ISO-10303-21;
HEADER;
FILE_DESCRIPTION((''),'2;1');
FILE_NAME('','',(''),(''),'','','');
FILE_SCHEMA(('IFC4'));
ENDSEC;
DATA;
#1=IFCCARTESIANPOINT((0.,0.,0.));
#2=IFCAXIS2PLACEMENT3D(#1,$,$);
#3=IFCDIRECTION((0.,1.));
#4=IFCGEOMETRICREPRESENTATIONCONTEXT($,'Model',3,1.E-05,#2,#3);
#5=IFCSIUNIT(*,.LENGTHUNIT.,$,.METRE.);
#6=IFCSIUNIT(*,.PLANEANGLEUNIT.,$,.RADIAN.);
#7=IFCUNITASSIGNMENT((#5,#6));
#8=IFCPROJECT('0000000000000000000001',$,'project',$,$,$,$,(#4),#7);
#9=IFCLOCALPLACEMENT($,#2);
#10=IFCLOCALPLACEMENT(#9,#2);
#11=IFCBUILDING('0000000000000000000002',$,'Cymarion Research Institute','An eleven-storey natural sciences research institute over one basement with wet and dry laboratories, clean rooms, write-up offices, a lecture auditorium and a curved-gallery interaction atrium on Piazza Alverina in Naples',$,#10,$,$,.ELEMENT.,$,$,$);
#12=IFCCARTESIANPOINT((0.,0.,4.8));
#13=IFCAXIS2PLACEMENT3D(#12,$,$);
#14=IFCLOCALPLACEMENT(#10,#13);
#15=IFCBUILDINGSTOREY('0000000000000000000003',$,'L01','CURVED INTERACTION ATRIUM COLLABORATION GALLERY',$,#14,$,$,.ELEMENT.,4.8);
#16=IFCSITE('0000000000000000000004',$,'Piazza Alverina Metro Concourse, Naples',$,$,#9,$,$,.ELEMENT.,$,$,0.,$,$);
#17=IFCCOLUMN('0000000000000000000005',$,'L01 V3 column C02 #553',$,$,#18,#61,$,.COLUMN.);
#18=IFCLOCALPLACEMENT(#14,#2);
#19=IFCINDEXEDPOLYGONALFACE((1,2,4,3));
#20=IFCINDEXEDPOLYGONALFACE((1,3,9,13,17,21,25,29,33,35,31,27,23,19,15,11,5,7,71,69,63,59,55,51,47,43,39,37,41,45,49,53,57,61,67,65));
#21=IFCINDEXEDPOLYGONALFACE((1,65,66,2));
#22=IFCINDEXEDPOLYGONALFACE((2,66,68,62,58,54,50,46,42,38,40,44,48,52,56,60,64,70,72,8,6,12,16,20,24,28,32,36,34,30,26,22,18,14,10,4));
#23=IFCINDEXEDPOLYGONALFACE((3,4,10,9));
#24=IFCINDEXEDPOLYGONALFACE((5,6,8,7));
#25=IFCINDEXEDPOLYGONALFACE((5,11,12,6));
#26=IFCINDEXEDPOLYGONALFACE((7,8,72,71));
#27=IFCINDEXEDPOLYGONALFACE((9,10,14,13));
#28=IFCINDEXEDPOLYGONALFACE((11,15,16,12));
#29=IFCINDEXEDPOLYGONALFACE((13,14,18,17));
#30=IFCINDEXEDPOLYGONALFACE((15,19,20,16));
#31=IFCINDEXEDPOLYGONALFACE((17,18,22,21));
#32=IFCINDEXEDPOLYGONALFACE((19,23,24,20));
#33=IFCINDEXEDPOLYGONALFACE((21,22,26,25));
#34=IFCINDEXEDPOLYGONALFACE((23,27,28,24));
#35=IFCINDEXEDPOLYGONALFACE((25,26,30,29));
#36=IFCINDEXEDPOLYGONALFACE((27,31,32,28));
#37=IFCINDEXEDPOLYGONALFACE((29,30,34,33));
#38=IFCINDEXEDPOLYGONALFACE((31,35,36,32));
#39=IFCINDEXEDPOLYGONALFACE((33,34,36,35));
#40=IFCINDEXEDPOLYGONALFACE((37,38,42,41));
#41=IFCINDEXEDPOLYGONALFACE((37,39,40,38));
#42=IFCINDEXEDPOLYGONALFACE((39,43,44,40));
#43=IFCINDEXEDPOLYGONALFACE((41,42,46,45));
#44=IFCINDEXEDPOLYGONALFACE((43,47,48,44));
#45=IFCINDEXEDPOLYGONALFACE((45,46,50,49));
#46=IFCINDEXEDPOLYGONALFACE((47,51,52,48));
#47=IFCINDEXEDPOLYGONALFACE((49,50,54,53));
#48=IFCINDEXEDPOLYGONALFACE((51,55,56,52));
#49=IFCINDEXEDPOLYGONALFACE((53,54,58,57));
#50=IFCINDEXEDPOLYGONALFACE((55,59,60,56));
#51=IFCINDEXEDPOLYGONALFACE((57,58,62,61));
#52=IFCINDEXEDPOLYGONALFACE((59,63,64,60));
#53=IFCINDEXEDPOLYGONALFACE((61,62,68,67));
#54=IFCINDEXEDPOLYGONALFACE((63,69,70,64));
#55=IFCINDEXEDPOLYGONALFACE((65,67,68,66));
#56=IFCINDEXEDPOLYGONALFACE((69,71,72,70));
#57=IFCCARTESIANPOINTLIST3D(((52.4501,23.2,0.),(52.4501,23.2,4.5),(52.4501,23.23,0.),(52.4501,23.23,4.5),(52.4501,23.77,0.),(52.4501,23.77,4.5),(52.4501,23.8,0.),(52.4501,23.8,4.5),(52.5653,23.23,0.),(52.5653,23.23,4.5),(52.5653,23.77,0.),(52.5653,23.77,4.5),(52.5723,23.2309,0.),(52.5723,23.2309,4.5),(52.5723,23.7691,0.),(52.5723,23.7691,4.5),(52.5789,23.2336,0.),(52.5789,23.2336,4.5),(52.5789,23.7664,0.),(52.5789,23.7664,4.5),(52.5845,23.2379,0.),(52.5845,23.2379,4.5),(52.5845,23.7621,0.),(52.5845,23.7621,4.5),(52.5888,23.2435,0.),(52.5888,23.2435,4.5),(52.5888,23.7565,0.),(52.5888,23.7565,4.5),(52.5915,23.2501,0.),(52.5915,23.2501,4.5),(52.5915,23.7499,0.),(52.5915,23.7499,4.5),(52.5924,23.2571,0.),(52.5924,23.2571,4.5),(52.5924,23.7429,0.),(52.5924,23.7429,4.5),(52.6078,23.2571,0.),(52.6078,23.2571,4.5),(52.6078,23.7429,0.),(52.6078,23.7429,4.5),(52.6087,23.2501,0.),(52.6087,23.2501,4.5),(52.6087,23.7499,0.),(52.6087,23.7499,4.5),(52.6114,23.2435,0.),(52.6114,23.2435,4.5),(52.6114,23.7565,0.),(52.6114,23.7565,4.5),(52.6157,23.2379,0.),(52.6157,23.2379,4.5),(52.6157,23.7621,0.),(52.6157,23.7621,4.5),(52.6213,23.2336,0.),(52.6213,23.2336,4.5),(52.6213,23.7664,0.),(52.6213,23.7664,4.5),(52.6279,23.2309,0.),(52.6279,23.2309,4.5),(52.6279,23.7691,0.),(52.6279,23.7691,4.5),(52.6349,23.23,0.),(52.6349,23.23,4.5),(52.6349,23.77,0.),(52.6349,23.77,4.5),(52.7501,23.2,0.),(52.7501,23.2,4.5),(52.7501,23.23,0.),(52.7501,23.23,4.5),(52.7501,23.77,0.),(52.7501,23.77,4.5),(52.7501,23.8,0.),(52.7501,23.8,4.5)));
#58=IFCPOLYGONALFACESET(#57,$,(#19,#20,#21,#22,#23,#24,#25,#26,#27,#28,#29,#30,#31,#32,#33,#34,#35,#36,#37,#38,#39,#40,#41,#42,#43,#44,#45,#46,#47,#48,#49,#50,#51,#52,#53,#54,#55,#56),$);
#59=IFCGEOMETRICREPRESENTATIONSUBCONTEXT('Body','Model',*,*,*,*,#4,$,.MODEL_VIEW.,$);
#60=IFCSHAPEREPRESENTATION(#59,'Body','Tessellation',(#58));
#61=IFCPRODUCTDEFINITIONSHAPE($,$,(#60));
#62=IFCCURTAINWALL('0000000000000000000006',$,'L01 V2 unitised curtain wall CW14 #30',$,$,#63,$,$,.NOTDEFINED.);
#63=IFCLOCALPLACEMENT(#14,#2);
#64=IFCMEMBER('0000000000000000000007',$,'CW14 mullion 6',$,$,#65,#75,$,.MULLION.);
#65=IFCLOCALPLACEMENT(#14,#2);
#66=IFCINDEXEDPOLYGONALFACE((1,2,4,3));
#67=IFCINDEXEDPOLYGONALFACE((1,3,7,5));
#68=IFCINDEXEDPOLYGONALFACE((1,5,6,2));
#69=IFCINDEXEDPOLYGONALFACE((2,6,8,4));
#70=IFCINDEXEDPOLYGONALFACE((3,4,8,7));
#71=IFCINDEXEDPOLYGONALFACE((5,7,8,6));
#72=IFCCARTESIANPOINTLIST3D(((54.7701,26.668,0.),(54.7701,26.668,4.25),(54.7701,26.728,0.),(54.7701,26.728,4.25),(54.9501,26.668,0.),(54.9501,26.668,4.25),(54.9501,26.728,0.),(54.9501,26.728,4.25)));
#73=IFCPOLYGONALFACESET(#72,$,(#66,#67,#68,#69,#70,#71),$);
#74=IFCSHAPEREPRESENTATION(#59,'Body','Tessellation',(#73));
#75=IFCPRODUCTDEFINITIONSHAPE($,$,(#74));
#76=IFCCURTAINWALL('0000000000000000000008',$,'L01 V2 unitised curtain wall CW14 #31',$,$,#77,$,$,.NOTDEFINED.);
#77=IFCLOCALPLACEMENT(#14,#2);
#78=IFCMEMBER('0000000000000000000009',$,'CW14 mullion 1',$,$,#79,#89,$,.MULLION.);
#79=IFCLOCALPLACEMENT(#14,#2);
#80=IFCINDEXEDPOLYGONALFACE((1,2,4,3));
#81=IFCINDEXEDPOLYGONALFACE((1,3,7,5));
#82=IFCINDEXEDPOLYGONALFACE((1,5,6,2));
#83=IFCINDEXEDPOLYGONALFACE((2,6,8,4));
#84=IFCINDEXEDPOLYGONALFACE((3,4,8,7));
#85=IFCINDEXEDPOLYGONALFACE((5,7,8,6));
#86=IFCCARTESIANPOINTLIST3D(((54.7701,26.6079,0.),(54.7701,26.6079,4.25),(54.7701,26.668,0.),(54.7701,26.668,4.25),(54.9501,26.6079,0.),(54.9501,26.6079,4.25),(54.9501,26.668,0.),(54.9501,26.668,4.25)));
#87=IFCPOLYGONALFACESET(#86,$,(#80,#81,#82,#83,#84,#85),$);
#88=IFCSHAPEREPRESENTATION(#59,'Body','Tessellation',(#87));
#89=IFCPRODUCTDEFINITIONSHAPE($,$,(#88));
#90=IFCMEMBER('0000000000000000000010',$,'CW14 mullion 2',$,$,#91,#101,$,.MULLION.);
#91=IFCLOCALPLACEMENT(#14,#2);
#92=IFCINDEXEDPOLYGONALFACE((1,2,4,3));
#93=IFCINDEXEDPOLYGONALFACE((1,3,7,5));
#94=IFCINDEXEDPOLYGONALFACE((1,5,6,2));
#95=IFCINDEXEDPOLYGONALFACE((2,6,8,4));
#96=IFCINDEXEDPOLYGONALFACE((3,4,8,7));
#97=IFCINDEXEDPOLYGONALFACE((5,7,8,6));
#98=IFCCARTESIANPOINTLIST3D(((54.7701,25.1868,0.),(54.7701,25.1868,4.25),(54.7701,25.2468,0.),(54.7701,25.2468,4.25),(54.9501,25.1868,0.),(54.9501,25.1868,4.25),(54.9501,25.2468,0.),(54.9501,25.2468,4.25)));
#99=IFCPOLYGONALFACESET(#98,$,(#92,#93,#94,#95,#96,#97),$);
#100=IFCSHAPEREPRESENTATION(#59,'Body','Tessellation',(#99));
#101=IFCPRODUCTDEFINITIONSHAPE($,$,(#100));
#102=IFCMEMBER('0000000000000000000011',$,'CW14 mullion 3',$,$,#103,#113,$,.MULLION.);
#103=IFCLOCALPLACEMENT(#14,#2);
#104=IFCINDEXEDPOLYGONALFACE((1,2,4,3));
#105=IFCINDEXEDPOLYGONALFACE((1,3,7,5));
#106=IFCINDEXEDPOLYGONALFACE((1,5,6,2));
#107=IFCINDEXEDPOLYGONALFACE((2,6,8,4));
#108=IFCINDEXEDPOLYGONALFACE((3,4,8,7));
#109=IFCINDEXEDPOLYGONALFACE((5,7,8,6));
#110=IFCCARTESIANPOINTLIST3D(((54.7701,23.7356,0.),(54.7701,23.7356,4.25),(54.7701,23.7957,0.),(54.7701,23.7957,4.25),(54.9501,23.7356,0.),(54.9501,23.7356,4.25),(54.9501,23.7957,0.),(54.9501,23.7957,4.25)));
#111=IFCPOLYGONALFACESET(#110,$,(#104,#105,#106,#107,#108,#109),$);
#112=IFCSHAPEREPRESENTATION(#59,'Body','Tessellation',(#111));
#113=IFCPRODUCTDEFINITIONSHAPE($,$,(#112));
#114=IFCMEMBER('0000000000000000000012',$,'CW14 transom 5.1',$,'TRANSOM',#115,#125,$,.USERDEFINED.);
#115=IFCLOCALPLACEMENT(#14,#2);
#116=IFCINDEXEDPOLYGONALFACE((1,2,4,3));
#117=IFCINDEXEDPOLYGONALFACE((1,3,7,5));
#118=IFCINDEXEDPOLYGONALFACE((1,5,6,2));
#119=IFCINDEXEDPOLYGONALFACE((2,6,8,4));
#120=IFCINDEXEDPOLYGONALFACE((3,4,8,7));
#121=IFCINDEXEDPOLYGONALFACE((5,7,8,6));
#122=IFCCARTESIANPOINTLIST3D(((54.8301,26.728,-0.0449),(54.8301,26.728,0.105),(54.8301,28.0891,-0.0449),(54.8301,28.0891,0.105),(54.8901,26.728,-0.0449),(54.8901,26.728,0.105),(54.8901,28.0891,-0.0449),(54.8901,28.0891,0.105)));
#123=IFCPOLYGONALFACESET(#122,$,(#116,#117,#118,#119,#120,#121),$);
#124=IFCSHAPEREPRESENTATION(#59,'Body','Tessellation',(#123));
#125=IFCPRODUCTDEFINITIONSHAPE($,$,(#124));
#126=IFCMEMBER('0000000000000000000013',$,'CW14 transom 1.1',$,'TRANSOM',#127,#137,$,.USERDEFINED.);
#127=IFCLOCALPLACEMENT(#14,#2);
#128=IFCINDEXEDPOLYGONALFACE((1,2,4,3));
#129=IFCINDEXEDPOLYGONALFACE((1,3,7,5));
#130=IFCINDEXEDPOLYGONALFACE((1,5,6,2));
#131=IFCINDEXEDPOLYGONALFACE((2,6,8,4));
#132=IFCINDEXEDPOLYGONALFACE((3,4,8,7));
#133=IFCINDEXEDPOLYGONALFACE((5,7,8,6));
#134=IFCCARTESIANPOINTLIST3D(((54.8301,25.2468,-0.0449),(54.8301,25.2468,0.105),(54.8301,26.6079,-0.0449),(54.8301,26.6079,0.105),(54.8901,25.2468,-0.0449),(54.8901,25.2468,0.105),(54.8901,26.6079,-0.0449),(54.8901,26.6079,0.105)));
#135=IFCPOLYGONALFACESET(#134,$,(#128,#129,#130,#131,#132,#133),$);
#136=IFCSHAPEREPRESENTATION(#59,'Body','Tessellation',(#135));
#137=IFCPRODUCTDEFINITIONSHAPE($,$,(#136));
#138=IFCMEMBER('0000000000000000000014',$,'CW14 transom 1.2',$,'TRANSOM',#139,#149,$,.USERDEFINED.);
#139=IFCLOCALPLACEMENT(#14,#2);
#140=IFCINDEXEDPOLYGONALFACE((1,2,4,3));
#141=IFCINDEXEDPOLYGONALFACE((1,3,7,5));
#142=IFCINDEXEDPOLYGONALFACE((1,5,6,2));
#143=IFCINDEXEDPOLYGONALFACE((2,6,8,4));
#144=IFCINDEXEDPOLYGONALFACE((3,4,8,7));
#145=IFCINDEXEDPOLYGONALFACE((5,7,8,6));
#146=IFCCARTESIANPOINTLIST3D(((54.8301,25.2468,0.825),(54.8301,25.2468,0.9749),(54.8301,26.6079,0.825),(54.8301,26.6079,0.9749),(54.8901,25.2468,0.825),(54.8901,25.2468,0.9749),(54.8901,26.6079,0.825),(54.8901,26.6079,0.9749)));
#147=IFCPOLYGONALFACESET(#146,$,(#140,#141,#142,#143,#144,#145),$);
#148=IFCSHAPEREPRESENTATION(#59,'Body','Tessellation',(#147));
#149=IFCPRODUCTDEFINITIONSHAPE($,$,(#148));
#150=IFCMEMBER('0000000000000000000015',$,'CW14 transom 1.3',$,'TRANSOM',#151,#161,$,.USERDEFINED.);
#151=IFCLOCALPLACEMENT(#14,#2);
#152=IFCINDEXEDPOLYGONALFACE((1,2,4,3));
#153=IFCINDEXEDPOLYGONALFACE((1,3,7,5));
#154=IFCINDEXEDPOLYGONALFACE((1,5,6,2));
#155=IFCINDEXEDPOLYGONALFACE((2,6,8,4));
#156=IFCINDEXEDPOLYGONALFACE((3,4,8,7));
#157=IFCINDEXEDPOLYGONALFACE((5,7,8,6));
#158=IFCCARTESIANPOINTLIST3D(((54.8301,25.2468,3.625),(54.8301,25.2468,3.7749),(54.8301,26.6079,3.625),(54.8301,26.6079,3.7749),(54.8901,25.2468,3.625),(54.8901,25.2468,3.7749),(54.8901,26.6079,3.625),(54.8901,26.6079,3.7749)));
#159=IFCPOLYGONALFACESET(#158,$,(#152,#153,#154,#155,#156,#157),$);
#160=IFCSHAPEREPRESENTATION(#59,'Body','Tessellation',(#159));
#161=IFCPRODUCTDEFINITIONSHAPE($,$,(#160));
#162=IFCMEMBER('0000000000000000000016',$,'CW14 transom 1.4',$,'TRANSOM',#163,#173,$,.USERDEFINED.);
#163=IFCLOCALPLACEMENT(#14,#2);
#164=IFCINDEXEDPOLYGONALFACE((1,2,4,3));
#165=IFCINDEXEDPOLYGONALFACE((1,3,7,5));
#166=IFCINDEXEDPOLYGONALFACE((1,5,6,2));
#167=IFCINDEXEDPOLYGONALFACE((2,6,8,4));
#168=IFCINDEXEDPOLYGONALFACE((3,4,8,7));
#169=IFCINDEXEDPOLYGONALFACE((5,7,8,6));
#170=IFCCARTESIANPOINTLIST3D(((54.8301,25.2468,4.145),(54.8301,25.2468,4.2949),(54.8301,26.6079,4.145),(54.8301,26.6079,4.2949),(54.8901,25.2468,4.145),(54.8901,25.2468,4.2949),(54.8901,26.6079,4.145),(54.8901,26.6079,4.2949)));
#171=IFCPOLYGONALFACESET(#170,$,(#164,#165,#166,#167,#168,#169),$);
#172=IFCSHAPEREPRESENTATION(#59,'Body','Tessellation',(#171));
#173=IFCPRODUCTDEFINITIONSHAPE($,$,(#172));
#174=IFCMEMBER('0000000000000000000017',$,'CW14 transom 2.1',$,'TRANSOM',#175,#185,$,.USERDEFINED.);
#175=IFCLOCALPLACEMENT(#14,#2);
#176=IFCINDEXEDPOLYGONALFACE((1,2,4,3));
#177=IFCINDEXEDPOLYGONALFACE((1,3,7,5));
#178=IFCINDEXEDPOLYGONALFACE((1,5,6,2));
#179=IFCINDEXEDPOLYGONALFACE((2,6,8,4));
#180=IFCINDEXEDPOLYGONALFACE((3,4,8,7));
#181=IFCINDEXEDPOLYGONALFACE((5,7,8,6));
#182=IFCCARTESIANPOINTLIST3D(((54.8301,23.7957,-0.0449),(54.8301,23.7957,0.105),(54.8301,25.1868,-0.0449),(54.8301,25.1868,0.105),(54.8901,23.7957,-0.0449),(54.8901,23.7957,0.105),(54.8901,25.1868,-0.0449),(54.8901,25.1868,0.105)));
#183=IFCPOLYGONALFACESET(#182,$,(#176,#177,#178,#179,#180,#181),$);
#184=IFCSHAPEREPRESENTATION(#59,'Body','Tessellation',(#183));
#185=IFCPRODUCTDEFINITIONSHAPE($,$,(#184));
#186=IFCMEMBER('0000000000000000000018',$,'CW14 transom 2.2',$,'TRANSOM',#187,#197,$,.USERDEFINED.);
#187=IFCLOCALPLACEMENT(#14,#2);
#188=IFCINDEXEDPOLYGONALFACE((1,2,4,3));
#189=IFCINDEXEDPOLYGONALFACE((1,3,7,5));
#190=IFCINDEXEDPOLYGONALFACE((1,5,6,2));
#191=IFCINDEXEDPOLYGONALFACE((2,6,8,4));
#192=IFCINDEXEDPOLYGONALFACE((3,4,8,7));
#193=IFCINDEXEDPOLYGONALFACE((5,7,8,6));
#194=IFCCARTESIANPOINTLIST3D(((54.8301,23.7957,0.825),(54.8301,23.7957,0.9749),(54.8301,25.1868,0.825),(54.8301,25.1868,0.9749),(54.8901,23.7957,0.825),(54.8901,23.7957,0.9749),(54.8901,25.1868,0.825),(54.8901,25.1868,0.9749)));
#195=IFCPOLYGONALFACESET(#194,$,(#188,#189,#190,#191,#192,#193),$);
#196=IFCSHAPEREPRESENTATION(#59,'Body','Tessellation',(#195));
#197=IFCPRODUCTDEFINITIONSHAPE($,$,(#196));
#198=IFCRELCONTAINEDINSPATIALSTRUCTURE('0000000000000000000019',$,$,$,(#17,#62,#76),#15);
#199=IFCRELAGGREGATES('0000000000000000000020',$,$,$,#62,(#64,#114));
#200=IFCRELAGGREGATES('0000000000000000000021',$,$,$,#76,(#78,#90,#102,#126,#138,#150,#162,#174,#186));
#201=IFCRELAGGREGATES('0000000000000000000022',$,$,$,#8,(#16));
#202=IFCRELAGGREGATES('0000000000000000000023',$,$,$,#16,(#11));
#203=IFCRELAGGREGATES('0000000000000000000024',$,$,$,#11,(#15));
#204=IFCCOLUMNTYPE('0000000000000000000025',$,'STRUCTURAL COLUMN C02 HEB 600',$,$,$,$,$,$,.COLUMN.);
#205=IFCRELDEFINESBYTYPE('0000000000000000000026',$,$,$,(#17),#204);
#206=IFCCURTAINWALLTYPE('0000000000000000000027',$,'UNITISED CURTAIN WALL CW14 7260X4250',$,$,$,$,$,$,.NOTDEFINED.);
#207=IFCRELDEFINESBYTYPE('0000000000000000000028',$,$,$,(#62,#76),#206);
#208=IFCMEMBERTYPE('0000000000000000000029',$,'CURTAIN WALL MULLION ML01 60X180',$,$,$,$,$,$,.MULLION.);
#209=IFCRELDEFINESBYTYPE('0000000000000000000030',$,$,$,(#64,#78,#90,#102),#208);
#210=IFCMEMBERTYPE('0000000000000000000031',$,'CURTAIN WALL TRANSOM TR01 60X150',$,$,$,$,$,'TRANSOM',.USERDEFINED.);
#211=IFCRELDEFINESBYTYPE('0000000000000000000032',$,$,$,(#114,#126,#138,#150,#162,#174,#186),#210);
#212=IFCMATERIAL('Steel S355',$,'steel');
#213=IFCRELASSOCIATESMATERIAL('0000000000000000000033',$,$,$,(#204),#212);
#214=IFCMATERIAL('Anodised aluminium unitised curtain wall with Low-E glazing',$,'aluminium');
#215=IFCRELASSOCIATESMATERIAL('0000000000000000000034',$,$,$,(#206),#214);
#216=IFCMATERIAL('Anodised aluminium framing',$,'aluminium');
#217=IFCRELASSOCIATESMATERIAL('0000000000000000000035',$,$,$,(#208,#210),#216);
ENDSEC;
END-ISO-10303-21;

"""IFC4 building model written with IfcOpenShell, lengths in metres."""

from ifc_helpers import new_model, si_unit, direction, frame, origin, origin_2d, place, context, subcontext, project, spatial, rectangle, i_section, extrude, material, material_profile, profile_set, type_object, element, aggregate, save


model = new_model("IFC4")

# Units and contexts
model_context = context("Model", 3, precision=1e-05, world=origin(), true_north=direction((0.0, 1.0)))
body_context = subcontext(model_context, "Body", "Model", "MODEL_VIEW")
ifc_project = project(units=[si_unit("LENGTHUNIT", "METRE"), si_unit("PLANEANGLEUNIT", "RADIAN")], contexts=[model_context])

# Site, building, storey
site_placement = place(None, origin())
site = spatial("IfcSite", under=ifc_project, at=site_placement, Name="Piazza Alverina Metro Concourse, Naples", CompositionType="ELEMENT", RefElevation=0.0)
building_placement = place(site_placement, origin())
building = spatial("IfcBuilding", under=site, at=building_placement, Name="Cymarion Research Institute", Description="An eleven-storey natural sciences research institute over one basement with wet and dry laboratories, clean rooms, write-up offices, a lecture auditorium and a curved-gallery interaction atrium on Piazza Alverina in Naples", CompositionType="ELEMENT")
storey_placement = place(building_placement, frame((0.0, 0.0, 4.8)))
storey = spatial("IfcBuildingStorey", under=building, at=storey_placement, Name="L01", Description="CURVED INTERACTION ATRIUM COLLABORATION GALLERY", CompositionType="ELEMENT", Elevation=4.8)

# Column
ifc_material_1 = material(Name="Steel S355", Category="steel")
ifc_material_profile_1 = material_profile(ifc_material_1, i_section(OverallWidth=0.3, OverallDepth=0.6001, WebThickness=0.0154, FlangeThickness=0.03, FilletRadius=0.0271, at=origin_2d()), Name="HEB 600")
ifc_profile_set_1 = profile_set([ifc_material_profile_1], Name="Steel S355")
column_type = type_object("IfcColumnType", Name="STRUCTURAL COLUMN C02 HEB 600", PredefinedType="COLUMN", material=ifc_profile_set_1)
column_placement = place(storey_placement, frame((52.6001, 23.5, 0.0), z_axis=(0.0, 0.0, 1.0), x_axis=(1.0, 0.0, 0.0)))
element("IfcColumn", 1, at=column_placement, inside=storey, type_object=column_type, Name="L01 V3 column C02 #553", PredefinedType="COLUMN", context=body_context, shape_type="SweptSolid", body=[
    extrude(i_section(OverallWidth=0.3, OverallDepth=0.6001, WebThickness=0.0154, FlangeThickness=0.03, FilletRadius=0.0271, at=origin_2d()), origin(), (0.0, 0.0, 1.0), 4.5),
])

# Curtain wall, member
ifc_material_2 = material(Name="Anodised aluminium unitised curtain wall with Low-E glazing", Category="aluminium")
curtain_wall_type = type_object("IfcCurtainWallType", Name="UNITISED CURTAIN WALL CW14 7260X4250", PredefinedType="NOTDEFINED", material=ifc_material_2)
curtain_wall_1_placement = place(storey_placement, origin())
curtain_wall_1 = element("IfcCurtainWall", 2, at=curtain_wall_1_placement, inside=storey, type_object=curtain_wall_type, Name="L01 V2 unitised curtain wall CW14 #30", PredefinedType="NOTDEFINED")
ifc_material_3 = material(Name="Anodised aluminium framing", Category="aluminium")
ifc_material_profile_2 = material_profile(ifc_material_3, rectangle(XDim=0.0601, YDim=0.1799, at=origin_2d()), Name="ALU MULLION 60x180")
ifc_profile_set_2 = profile_set([ifc_material_profile_2], Name="Anodised aluminium framing")
member_type_1 = type_object("IfcMemberType", Name="CURTAIN WALL MULLION ML01 60X180", PredefinedType="MULLION", material=ifc_profile_set_2)
member_1_placement = place(storey_placement, frame((54.8601, 26.698, 0.0), z_axis=(0.0, 0.0, 1.0), x_axis=(0.0, -1.0, 0.0)))
member_1 = element("IfcMember", 3, at=member_1_placement, type_object=member_type_1, Name="CW14 mullion 6", PredefinedType="MULLION", context=body_context, shape_type="SweptSolid", body=[
    extrude(rectangle(XDim=0.0601, YDim=0.1799, at=origin_2d()), origin(), (0.0, 0.0, 1.0), 4.25),
])

# Curtain wall, members
curtain_wall_2_placement = place(storey_placement, origin())
curtain_wall_2 = element("IfcCurtainWall", 4, at=curtain_wall_2_placement, inside=storey, type_object=curtain_wall_type, Name="L01 V2 unitised curtain wall CW14 #31", PredefinedType="NOTDEFINED")
member_2_placement = place(storey_placement, frame((54.8601, 26.6379, 0.0), z_axis=(0.0, 0.0, 1.0), x_axis=(0.0, -1.0, 0.0)))
member_2 = element("IfcMember", 5, at=member_2_placement, type_object=member_type_1, Name="CW14 mullion 1", PredefinedType="MULLION", context=body_context, shape_type="SweptSolid", body=[
    extrude(rectangle(XDim=0.0601, YDim=0.1799, at=origin_2d()), origin(), (0.0, 0.0, 1.0), 4.25),
])
member_3_placement = place(storey_placement, frame((54.8601, 25.2168, 0.0), z_axis=(0.0, 0.0, 1.0), x_axis=(0.0, -1.0, 0.0)))
member_3 = element("IfcMember", 6, at=member_3_placement, type_object=member_type_1, Name="CW14 mullion 2", PredefinedType="MULLION", context=body_context, shape_type="SweptSolid", body=[
    extrude(rectangle(XDim=0.0601, YDim=0.1799, at=origin_2d()), origin(), (0.0, 0.0, 1.0), 4.25),
])
member_4_placement = place(storey_placement, frame((54.8601, 23.7656, 0.0), z_axis=(0.0, 0.0, 1.0), x_axis=(0.0, -1.0, 0.0)))
member_4 = element("IfcMember", 7, at=member_4_placement, type_object=member_type_1, Name="CW14 mullion 3", PredefinedType="MULLION", context=body_context, shape_type="SweptSolid", body=[
    extrude(rectangle(XDim=0.0601, YDim=0.1799, at=origin_2d()), origin(), (0.0, 0.0, 1.0), 4.25),
])

# Members
ifc_material_profile_3 = material_profile(ifc_material_3, rectangle(XDim=0.0601, YDim=0.1499, at=origin_2d()), Name="ALU TRANSOM 60x150")
ifc_profile_set_3 = profile_set([ifc_material_profile_3], Name="Anodised aluminium framing")
member_type_2 = type_object("IfcMemberType", Name="CURTAIN WALL TRANSOM TR01 60X150", ElementType="TRANSOM", PredefinedType="USERDEFINED", material=ifc_profile_set_3)
member_5_placement = place(storey_placement, frame((54.8601, 28.0891, 0.03), z_axis=(0.0, -1.0, 0.0), x_axis=(1.0, 0.0, 0.0)))
member_5 = element("IfcMember", 8, at=member_5_placement, type_object=member_type_2, Name="CW14 transom 5.1", ObjectType="TRANSOM", PredefinedType="USERDEFINED", context=body_context, shape_type="SweptSolid", body=[
    extrude(rectangle(XDim=0.0601, YDim=0.1499, at=origin_2d()), origin(), (0.0, 0.0, 1.0), 1.3611),
])
member_6_placement = place(storey_placement, frame((54.8601, 26.6079, 0.03), z_axis=(0.0, -1.0, 0.0), x_axis=(1.0, 0.0, 0.0)))
member_6 = element("IfcMember", 9, at=member_6_placement, type_object=member_type_2, Name="CW14 transom 1.1", ObjectType="TRANSOM", PredefinedType="USERDEFINED", context=body_context, shape_type="SweptSolid", body=[
    extrude(rectangle(XDim=0.0601, YDim=0.1499, at=origin_2d()), origin(), (0.0, 0.0, 1.0), 1.3611),
])
member_7_placement = place(storey_placement, frame((54.8601, 26.6079, 0.8999), z_axis=(0.0, -1.0, 0.0), x_axis=(1.0, 0.0, 0.0)))
member_7 = element("IfcMember", 10, at=member_7_placement, type_object=member_type_2, Name="CW14 transom 1.2", ObjectType="TRANSOM", PredefinedType="USERDEFINED", context=body_context, shape_type="SweptSolid", body=[
    extrude(rectangle(XDim=0.0601, YDim=0.1499, at=origin_2d()), origin(), (0.0, 0.0, 1.0), 1.3611),
])
member_8_placement = place(storey_placement, frame((54.8601, 26.6079, 3.7), z_axis=(0.0, -1.0, 0.0), x_axis=(1.0, 0.0, 0.0)))
member_8 = element("IfcMember", 11, at=member_8_placement, type_object=member_type_2, Name="CW14 transom 1.3", ObjectType="TRANSOM", PredefinedType="USERDEFINED", context=body_context, shape_type="SweptSolid", body=[
    extrude(rectangle(XDim=0.0601, YDim=0.1499, at=origin_2d()), origin(), (0.0, 0.0, 1.0), 1.3611),
])
member_9_placement = place(storey_placement, frame((54.8601, 26.6079, 4.22), z_axis=(0.0, -1.0, 0.0), x_axis=(1.0, 0.0, 0.0)))
member_9 = element("IfcMember", 12, at=member_9_placement, type_object=member_type_2, Name="CW14 transom 1.4", ObjectType="TRANSOM", PredefinedType="USERDEFINED", context=body_context, shape_type="SweptSolid", body=[
    extrude(rectangle(XDim=0.0601, YDim=0.1499, at=origin_2d()), origin(), (0.0, 0.0, 1.0), 1.3611),
])
member_10_placement = place(storey_placement, frame((54.8601, 25.1868, 0.03), z_axis=(0.0, -1.0, 0.0), x_axis=(1.0, 0.0, 0.0)))
member_10 = element("IfcMember", 13, at=member_10_placement, type_object=member_type_2, Name="CW14 transom 2.1", ObjectType="TRANSOM", PredefinedType="USERDEFINED", context=body_context, shape_type="SweptSolid", body=[
    extrude(rectangle(XDim=0.0601, YDim=0.1499, at=origin_2d()), origin(), (0.0, 0.0, 1.0), 1.3911),
])
member_11_placement = place(storey_placement, frame((54.8601, 25.1868, 0.8999), z_axis=(0.0, -1.0, 0.0), x_axis=(1.0, 0.0, 0.0)))
member_11 = element("IfcMember", 14, at=member_11_placement, type_object=member_type_2, Name="CW14 transom 2.2", ObjectType="TRANSOM", PredefinedType="USERDEFINED", context=body_context, shape_type="SweptSolid", body=[
    extrude(rectangle(XDim=0.0601, YDim=0.1499, at=origin_2d()), origin(), (0.0, 0.0, 1.0), 1.3911),
])

aggregate(curtain_wall_1, [member_1, member_5])
aggregate(curtain_wall_2, [member_2, member_3, member_4, member_6, member_7, member_8, member_9, member_10, member_11])

save(model, "model.ifc")
